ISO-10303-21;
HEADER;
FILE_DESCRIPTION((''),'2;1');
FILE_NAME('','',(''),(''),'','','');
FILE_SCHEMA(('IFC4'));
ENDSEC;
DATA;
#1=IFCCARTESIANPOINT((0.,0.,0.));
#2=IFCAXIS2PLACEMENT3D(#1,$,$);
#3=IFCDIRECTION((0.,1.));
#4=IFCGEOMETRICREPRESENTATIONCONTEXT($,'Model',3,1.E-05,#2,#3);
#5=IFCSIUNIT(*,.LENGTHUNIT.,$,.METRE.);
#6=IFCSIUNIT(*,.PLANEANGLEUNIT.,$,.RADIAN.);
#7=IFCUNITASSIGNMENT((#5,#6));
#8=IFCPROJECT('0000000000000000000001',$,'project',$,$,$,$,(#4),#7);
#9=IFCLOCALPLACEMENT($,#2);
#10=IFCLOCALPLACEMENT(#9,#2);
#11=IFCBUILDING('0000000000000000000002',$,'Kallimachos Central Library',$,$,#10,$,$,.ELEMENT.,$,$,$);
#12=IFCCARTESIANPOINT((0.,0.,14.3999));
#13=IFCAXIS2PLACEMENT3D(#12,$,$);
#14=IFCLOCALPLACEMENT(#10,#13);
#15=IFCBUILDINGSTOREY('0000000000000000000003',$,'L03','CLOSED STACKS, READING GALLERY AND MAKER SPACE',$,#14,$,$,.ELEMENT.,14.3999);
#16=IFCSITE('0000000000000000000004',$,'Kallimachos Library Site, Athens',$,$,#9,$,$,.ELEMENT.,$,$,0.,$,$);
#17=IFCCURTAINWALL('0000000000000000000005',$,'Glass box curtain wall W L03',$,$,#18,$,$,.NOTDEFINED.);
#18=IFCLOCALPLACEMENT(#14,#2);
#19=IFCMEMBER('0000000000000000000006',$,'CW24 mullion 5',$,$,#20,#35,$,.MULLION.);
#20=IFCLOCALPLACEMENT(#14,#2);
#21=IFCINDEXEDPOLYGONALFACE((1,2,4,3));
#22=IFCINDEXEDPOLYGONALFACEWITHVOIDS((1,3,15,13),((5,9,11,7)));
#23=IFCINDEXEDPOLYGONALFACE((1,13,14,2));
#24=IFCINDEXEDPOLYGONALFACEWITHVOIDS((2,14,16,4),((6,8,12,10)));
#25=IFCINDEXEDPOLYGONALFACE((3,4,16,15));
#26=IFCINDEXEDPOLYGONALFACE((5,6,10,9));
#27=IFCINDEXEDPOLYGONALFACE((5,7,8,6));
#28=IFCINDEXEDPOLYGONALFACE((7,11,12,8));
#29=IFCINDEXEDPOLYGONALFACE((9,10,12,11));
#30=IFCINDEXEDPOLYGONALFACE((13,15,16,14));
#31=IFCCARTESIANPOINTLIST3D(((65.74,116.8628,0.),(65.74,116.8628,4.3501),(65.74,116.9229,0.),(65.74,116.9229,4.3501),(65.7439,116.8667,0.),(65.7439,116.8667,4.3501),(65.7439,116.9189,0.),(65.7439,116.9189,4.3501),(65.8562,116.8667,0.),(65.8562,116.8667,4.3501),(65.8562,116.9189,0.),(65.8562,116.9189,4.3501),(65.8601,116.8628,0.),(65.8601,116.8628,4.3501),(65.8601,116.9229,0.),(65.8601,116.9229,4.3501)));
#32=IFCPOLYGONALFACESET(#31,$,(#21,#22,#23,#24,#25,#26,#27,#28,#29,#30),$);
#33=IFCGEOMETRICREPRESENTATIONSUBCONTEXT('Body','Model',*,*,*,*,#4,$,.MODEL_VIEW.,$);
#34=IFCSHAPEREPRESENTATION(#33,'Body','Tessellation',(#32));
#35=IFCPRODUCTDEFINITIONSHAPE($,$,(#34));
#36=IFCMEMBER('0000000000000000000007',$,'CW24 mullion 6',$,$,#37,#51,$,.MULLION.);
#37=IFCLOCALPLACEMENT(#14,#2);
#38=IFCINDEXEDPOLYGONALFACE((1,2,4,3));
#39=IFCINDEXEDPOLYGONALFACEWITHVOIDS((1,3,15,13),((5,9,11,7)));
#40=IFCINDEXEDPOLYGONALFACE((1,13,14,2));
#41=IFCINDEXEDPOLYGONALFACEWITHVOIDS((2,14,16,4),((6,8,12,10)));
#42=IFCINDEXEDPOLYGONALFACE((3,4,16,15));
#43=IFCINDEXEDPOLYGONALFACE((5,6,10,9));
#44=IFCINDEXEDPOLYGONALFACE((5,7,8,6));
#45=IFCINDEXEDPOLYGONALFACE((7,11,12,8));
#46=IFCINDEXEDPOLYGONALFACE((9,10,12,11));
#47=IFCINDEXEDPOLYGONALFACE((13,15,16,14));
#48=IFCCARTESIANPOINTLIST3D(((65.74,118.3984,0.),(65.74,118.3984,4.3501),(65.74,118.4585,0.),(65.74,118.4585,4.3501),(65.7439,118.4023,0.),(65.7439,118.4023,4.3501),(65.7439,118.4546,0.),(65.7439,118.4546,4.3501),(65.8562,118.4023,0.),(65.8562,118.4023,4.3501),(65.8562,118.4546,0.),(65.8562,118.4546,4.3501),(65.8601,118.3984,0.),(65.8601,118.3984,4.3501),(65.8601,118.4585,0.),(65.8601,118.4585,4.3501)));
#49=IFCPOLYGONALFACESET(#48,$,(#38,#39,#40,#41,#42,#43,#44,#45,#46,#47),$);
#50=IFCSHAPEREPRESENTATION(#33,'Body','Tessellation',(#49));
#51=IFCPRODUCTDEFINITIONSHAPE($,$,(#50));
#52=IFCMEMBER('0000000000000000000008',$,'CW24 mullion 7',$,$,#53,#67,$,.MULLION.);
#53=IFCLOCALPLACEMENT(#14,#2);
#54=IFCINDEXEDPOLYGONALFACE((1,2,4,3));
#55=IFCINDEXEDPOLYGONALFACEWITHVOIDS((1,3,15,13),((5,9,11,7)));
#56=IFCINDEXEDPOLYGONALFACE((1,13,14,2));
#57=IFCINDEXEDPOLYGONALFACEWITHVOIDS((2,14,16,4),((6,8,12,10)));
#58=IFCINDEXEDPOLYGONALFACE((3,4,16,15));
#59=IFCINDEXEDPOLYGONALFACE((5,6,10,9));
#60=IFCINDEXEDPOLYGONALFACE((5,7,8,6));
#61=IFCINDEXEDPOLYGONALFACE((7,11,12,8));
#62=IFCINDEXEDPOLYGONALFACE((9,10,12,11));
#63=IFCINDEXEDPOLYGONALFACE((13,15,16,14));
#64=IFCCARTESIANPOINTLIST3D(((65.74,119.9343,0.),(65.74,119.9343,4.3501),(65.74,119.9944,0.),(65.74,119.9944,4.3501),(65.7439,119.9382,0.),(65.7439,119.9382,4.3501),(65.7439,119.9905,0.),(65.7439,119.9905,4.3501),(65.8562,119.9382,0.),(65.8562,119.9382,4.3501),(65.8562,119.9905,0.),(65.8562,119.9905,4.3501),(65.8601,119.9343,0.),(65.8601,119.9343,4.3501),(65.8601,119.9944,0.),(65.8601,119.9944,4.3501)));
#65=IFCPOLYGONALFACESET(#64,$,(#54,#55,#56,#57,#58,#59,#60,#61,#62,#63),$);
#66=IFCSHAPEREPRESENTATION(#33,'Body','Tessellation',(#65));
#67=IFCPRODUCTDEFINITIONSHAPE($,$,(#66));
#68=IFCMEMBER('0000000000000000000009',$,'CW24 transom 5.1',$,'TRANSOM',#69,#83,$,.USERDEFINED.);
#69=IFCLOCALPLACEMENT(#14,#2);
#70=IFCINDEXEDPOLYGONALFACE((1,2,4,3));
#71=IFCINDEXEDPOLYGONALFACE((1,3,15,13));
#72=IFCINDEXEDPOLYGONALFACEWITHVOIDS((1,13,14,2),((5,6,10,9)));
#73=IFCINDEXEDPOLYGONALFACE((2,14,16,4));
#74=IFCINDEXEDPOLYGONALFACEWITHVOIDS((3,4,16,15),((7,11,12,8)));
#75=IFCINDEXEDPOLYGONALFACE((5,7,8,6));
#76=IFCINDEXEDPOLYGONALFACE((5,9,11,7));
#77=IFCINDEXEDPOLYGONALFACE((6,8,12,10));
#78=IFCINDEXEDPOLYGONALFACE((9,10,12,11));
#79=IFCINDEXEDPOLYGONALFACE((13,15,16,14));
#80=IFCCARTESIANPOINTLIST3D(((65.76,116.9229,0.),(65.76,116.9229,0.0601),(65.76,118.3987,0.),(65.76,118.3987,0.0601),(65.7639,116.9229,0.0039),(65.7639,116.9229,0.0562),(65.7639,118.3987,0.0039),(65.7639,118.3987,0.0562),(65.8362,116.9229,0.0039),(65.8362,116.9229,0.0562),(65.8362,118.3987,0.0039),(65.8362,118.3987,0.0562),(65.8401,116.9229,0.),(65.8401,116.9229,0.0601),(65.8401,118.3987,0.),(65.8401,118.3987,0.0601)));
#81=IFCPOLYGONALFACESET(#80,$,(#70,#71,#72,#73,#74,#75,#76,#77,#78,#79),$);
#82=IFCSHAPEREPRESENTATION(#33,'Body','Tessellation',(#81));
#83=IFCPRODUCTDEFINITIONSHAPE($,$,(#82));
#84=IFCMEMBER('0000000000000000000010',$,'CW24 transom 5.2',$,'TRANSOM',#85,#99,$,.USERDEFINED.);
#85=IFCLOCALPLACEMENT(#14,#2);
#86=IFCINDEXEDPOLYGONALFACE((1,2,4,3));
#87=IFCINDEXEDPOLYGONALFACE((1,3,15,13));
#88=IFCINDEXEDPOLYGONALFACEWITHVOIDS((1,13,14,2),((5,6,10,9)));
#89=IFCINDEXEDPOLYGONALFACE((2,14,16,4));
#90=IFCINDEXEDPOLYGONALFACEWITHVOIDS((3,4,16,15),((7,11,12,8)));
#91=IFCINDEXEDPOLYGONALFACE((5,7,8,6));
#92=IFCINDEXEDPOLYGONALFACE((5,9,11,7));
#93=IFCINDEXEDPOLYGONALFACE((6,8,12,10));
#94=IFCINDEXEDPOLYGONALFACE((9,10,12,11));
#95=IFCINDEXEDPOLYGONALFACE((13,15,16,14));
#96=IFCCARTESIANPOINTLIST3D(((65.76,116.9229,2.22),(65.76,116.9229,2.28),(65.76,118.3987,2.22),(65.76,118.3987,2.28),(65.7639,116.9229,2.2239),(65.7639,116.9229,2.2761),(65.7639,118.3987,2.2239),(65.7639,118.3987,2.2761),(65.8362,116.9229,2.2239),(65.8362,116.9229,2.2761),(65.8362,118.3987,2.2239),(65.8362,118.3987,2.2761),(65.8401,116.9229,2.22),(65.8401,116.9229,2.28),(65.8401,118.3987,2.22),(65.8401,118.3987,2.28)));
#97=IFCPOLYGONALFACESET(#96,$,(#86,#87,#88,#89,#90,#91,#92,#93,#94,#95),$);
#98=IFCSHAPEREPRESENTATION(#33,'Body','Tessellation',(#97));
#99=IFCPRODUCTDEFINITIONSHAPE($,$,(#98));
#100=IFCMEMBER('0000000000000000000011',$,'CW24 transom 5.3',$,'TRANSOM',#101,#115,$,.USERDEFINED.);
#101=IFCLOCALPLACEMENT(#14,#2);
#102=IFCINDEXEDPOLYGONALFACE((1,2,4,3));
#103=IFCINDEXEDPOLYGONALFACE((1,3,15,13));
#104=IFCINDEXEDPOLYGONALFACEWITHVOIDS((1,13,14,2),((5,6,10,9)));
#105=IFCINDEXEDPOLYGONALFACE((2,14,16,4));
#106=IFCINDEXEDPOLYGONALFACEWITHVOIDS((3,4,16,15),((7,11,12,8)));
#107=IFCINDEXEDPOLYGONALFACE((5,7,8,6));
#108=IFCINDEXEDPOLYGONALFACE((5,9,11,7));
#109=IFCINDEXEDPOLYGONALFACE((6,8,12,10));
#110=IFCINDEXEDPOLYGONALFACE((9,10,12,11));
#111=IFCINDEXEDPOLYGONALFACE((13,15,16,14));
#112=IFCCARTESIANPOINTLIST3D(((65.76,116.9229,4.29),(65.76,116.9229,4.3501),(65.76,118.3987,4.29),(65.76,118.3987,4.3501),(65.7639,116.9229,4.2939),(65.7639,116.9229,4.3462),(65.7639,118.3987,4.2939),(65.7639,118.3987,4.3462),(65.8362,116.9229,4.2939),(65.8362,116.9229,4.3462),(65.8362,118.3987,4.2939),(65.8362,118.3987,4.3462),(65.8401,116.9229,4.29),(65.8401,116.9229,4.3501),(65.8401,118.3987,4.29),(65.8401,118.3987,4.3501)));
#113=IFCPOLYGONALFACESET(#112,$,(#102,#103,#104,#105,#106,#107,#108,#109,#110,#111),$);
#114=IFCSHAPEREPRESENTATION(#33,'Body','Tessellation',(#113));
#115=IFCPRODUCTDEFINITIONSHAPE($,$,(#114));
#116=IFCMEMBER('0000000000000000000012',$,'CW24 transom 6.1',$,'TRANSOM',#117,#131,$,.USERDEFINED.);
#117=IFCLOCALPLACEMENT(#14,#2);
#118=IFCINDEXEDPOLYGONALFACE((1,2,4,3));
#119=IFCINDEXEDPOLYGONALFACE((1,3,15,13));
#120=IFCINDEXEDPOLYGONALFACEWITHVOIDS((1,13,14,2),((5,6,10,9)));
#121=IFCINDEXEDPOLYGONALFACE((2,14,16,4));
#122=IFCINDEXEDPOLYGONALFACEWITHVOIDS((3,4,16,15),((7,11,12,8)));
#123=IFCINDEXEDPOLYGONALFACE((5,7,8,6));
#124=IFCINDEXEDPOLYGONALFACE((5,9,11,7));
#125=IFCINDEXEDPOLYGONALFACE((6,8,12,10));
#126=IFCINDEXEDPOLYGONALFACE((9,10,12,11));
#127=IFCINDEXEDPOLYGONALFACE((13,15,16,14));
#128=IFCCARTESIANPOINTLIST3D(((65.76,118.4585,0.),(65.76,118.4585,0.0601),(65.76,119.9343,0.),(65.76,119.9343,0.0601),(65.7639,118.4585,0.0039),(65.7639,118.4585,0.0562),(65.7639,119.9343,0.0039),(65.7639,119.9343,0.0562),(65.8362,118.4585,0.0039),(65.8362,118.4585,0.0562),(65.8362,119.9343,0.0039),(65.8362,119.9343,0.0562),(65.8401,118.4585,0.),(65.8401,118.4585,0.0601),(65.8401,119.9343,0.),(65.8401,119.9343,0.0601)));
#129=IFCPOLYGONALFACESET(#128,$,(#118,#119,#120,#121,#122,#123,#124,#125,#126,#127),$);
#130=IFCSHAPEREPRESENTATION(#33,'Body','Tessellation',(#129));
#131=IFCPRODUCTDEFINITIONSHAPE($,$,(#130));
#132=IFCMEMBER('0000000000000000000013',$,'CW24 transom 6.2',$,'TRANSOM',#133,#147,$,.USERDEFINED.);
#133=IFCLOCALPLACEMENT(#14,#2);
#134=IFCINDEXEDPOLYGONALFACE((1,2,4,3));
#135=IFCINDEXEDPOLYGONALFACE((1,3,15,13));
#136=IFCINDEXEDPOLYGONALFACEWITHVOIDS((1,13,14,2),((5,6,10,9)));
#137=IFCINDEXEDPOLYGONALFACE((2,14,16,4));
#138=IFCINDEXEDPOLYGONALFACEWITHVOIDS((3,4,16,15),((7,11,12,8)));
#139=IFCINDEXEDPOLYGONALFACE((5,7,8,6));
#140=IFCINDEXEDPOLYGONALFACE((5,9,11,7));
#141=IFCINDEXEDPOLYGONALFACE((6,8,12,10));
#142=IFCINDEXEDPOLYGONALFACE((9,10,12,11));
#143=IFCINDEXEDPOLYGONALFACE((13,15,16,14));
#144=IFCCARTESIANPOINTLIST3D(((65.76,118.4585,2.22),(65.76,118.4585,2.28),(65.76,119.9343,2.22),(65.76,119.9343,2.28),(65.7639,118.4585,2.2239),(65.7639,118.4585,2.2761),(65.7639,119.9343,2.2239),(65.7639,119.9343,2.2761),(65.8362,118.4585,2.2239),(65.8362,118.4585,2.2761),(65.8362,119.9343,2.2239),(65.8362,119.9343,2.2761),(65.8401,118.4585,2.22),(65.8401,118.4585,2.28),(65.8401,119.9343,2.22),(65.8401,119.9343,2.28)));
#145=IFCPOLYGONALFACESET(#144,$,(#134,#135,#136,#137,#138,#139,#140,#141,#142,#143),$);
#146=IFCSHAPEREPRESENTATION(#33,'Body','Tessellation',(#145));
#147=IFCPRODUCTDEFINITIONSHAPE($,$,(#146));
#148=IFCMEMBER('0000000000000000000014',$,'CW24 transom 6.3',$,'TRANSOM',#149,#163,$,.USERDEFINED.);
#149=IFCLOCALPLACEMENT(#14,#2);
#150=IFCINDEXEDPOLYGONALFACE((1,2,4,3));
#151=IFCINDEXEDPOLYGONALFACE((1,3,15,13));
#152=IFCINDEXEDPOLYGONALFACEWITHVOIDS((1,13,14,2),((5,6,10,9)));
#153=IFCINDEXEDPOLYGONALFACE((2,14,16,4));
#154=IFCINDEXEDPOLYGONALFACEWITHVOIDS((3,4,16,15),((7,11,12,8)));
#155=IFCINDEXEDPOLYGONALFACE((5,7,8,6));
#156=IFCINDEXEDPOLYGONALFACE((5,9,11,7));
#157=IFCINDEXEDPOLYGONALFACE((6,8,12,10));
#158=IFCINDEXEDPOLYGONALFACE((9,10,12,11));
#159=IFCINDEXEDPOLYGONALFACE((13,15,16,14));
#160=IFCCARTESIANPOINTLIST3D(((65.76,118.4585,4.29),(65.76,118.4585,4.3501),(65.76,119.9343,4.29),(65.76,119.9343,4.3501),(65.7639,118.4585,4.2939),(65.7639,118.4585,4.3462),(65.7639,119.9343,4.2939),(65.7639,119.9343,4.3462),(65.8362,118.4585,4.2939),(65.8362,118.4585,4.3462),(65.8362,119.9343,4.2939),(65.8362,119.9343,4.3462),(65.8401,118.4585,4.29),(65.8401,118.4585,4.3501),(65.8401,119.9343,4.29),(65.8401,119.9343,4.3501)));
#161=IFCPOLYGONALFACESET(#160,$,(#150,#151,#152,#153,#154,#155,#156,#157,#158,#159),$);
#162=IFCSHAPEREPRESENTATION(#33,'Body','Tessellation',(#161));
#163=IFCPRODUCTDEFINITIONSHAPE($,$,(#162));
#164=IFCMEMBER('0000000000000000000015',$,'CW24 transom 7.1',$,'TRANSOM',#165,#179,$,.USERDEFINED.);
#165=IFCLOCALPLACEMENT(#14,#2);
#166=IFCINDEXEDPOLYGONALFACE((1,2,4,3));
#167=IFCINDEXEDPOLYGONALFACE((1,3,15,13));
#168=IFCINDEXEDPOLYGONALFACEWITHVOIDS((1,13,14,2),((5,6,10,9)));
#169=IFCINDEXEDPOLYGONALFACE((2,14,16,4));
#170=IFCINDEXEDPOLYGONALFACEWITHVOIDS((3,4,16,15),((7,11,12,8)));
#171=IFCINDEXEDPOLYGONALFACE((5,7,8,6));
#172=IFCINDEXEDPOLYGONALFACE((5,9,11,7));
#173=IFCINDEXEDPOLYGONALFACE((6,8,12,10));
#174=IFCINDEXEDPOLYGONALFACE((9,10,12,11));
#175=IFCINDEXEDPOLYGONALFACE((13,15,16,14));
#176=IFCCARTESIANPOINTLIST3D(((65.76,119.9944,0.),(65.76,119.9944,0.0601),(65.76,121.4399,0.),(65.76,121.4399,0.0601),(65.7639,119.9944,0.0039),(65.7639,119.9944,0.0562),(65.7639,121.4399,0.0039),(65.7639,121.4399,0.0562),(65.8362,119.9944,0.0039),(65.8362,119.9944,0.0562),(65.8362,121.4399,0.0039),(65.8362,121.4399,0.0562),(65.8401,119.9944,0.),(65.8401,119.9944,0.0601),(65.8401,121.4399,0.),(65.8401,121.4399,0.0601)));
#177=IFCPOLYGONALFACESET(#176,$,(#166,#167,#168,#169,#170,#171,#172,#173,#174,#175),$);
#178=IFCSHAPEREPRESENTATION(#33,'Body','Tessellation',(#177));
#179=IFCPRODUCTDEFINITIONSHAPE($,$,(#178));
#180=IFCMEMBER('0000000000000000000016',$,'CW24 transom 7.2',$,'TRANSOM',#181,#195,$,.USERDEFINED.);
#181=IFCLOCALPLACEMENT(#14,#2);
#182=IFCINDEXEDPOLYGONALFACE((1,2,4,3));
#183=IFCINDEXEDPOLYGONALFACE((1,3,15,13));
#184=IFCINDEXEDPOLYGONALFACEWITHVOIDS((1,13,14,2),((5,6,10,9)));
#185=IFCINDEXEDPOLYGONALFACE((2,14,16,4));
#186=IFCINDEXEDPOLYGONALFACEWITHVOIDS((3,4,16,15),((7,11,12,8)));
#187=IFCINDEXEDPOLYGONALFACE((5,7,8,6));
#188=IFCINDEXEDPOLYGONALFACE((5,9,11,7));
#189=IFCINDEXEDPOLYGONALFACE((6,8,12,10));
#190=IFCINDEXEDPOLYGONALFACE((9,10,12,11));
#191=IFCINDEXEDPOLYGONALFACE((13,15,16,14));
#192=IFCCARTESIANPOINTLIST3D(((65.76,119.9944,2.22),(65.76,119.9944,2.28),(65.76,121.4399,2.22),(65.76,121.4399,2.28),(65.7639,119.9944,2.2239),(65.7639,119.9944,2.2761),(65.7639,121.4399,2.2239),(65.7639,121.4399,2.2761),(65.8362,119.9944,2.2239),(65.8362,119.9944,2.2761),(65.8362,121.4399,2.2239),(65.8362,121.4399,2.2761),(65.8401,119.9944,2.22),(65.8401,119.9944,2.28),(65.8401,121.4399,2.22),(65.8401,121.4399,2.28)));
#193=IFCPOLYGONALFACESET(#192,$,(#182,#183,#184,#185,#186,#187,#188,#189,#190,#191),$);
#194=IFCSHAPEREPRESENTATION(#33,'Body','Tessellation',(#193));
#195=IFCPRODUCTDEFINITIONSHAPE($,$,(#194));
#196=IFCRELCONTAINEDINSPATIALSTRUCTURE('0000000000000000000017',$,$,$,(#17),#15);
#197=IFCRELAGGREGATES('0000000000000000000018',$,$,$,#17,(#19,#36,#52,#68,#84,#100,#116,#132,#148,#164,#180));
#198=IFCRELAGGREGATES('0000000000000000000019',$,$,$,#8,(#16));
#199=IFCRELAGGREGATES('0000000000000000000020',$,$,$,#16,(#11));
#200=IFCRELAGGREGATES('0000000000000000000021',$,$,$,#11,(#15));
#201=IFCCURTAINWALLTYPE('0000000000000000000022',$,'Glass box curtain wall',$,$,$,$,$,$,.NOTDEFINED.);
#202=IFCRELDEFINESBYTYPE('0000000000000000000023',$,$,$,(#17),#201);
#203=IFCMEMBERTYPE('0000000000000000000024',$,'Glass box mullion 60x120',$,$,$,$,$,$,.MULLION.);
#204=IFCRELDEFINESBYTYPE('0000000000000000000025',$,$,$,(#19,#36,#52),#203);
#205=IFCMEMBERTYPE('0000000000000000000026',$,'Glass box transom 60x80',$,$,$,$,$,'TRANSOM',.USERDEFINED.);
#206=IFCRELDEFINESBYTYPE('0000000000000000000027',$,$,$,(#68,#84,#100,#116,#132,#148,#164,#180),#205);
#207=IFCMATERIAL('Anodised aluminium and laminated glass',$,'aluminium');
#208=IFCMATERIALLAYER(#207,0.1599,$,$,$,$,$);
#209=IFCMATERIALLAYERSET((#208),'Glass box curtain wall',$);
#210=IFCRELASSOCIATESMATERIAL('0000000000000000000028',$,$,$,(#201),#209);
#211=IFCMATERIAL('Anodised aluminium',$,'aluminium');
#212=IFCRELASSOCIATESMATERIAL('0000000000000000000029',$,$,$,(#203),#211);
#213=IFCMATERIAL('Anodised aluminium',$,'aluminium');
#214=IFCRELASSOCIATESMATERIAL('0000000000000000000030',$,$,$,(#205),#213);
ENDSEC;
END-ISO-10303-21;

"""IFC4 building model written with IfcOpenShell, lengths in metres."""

from ifc_helpers import new_model, si_unit, direction, frame, origin, origin_2d, place, context, subcontext, project, spatial, hollow_rectangle, extrude, material, layer, layer_set, material_profile, profile_set, type_object, element, aggregate, save


model = new_model("IFC4")

# Units and contexts
model_context = context("Model", 3, precision=1e-05, world=origin(), true_north=direction((0.0, 1.0)))
body_context = subcontext(model_context, "Body", "Model", "MODEL_VIEW")
ifc_project = project(units=[si_unit("LENGTHUNIT", "METRE"), si_unit("PLANEANGLEUNIT", "RADIAN")], contexts=[model_context])

# Site, building, storey
site_placement = place(None, origin())
site = spatial("IfcSite", under=ifc_project, at=site_placement, Name="Kallimachos Library Site, Athens", CompositionType="ELEMENT", RefElevation=0.0)
building_placement = place(site_placement, origin())
building = spatial("IfcBuilding", under=site, at=building_placement, Name="Kallimachos Central Library", CompositionType="ELEMENT")
storey_placement = place(building_placement, frame((0.0, 0.0, 14.3999)))
storey = spatial("IfcBuildingStorey", under=building, at=storey_placement, Name="L03", Description="CLOSED STACKS, READING GALLERY AND MAKER SPACE", CompositionType="ELEMENT", Elevation=14.3999)

# Curtain wall, members
ifc_material_1 = material(Name="Anodised aluminium and laminated glass", Category="aluminium")
ifc_layer_1 = layer(ifc_material_1, 0.1599)
ifc_layer_set_1 = layer_set([ifc_layer_1], Name="Glass box curtain wall")
curtain_wall_type = type_object("IfcCurtainWallType", Name="Glass box curtain wall", PredefinedType="NOTDEFINED", material=ifc_layer_set_1)
curtain_wall_placement = place(storey_placement, origin())
curtain_wall = element("IfcCurtainWall", 1, at=curtain_wall_placement, inside=storey, type_object=curtain_wall_type, Name="Glass box curtain wall W L03", PredefinedType="NOTDEFINED")
ifc_material_2 = material(Name="Anodised aluminium", Category="aluminium")
ifc_material_profile_1 = material_profile(ifc_material_2, hollow_rectangle(XDim=0.0601, YDim=0.1201, WallThickness=0.0039, at=origin_2d()), Name="ALU MULLION 60x120")
ifc_profile_set_1 = profile_set([ifc_material_profile_1], Name="Anodised aluminium")
member_type_1 = type_object("IfcMemberType", Name="Glass box mullion 60x120", PredefinedType="MULLION", material=ifc_profile_set_1)
member_1_placement = place(storey_placement, frame((65.8, 116.8928, 0.0), z_axis=(0.0, 0.0, 1.0), x_axis=(0.0, 1.0, 0.0)))
member_1 = element("IfcMember", 2, at=member_1_placement, type_object=member_type_1, Name="CW24 mullion 5", PredefinedType="MULLION", context=body_context, shape_type="SweptSolid", body=[
    extrude(hollow_rectangle(XDim=0.0601, YDim=0.1201, WallThickness=0.0039, at=origin_2d()), origin(), (0.0, 0.0, 1.0), 4.3501),
])
member_2_placement = place(storey_placement, frame((65.8, 118.4285, 0.0), z_axis=(0.0, 0.0, 1.0), x_axis=(0.0, 1.0, 0.0)))
member_2 = element("IfcMember", 3, at=member_2_placement, type_object=member_type_1, Name="CW24 mullion 6", PredefinedType="MULLION", context=body_context, shape_type="SweptSolid", body=[
    extrude(hollow_rectangle(XDim=0.0601, YDim=0.1201, WallThickness=0.0039, at=origin_2d()), origin(), (0.0, 0.0, 1.0), 4.3501),
])
member_3_placement = place(storey_placement, frame((65.8, 119.9644, 0.0), z_axis=(0.0, 0.0, 1.0), x_axis=(0.0, 1.0, 0.0)))
member_3 = element("IfcMember", 4, at=member_3_placement, type_object=member_type_1, Name="CW24 mullion 7", PredefinedType="MULLION", context=body_context, shape_type="SweptSolid", body=[
    extrude(hollow_rectangle(XDim=0.0601, YDim=0.1201, WallThickness=0.0039, at=origin_2d()), origin(), (0.0, 0.0, 1.0), 4.3501),
])
ifc_material_3 = material(Name="Anodised aluminium", Category="aluminium")
ifc_material_profile_2 = material_profile(ifc_material_3, hollow_rectangle(XDim=0.0601, YDim=0.0801, WallThickness=0.0039, at=origin_2d()), Name="ALU TRANSOM 60x80")
ifc_profile_set_2 = profile_set([ifc_material_profile_2], Name="Anodised aluminium")
member_type_2 = type_object("IfcMemberType", Name="Glass box transom 60x80", ElementType="TRANSOM", PredefinedType="USERDEFINED", material=ifc_profile_set_2)
member_4_placement = place(storey_placement, frame((65.8, 116.9229, 0.03), z_axis=(0.0, 1.0, 0.0), x_axis=(0.0, 0.0, 1.0)))
member_4 = element("IfcMember", 5, at=member_4_placement, type_object=member_type_2, Name="CW24 transom 5.1", ObjectType="TRANSOM", PredefinedType="USERDEFINED", context=body_context, shape_type="SweptSolid", body=[
    extrude(hollow_rectangle(XDim=0.0601, YDim=0.0801, WallThickness=0.0039, at=origin_2d()), origin(), (0.0, 0.0, 1.0), 1.4758),
])
member_5_placement = place(storey_placement, frame((65.8, 116.9229, 2.25), z_axis=(0.0, 1.0, 0.0), x_axis=(0.0, 0.0, 1.0)))
member_5 = element("IfcMember", 6, at=member_5_placement, type_object=member_type_2, Name="CW24 transom 5.2", ObjectType="TRANSOM", PredefinedType="USERDEFINED", context=body_context, shape_type="SweptSolid", body=[
    extrude(hollow_rectangle(XDim=0.0601, YDim=0.0801, WallThickness=0.0039, at=origin_2d()), origin(), (0.0, 0.0, 1.0), 1.4758),
])
member_6_placement = place(storey_placement, frame((65.8, 116.9229, 4.3201), z_axis=(0.0, 1.0, 0.0), x_axis=(0.0, 0.0, 1.0)))
member_6 = element("IfcMember", 7, at=member_6_placement, type_object=member_type_2, Name="CW24 transom 5.3", ObjectType="TRANSOM", PredefinedType="USERDEFINED", context=body_context, shape_type="SweptSolid", body=[
    extrude(hollow_rectangle(XDim=0.0601, YDim=0.0801, WallThickness=0.0039, at=origin_2d()), origin(), (0.0, 0.0, 1.0), 1.4758),
])
member_7_placement = place(storey_placement, frame((65.8, 118.4585, 0.03), z_axis=(0.0, 1.0, 0.0), x_axis=(0.0, 0.0, 1.0)))
member_7 = element("IfcMember", 8, at=member_7_placement, type_object=member_type_2, Name="CW24 transom 6.1", ObjectType="TRANSOM", PredefinedType="USERDEFINED", context=body_context, shape_type="SweptSolid", body=[
    extrude(hollow_rectangle(XDim=0.0601, YDim=0.0801, WallThickness=0.0039, at=origin_2d()), origin(), (0.0, 0.0, 1.0), 1.4758),
])
member_8_placement = place(storey_placement, frame((65.8, 118.4585, 2.25), z_axis=(0.0, 1.0, 0.0), x_axis=(0.0, 0.0, 1.0)))
member_8 = element("IfcMember", 9, at=member_8_placement, type_object=member_type_2, Name="CW24 transom 6.2", ObjectType="TRANSOM", PredefinedType="USERDEFINED", context=body_context, shape_type="SweptSolid", body=[
    extrude(hollow_rectangle(XDim=0.0601, YDim=0.0801, WallThickness=0.0039, at=origin_2d()), origin(), (0.0, 0.0, 1.0), 1.4758),
])
member_9_placement = place(storey_placement, frame((65.8, 118.4585, 4.3201), z_axis=(0.0, 1.0, 0.0), x_axis=(0.0, 0.0, 1.0)))
member_9 = element("IfcMember", 10, at=member_9_placement, type_object=member_type_2, Name="CW24 transom 6.3", ObjectType="TRANSOM", PredefinedType="USERDEFINED", context=body_context, shape_type="SweptSolid", body=[
    extrude(hollow_rectangle(XDim=0.0601, YDim=0.0801, WallThickness=0.0039, at=origin_2d()), origin(), (0.0, 0.0, 1.0), 1.4758),
])
member_10_placement = place(storey_placement, frame((65.8, 119.9944, 0.03), z_axis=(0.0, 1.0, 0.0), x_axis=(0.0, 0.0, 1.0)))
member_10 = element("IfcMember", 11, at=member_10_placement, type_object=member_type_2, Name="CW24 transom 7.1", ObjectType="TRANSOM", PredefinedType="USERDEFINED", context=body_context, shape_type="SweptSolid", body=[
    extrude(hollow_rectangle(XDim=0.0601, YDim=0.0801, WallThickness=0.0039, at=origin_2d()), origin(), (0.0, 0.0, 1.0), 1.4456),
])
member_11_placement = place(storey_placement, frame((65.8, 119.9944, 2.25), z_axis=(0.0, 1.0, 0.0), x_axis=(0.0, 0.0, 1.0)))
member_11 = element("IfcMember", 12, at=member_11_placement, type_object=member_type_2, Name="CW24 transom 7.2", ObjectType="TRANSOM", PredefinedType="USERDEFINED", context=body_context, shape_type="SweptSolid", body=[
    extrude(hollow_rectangle(XDim=0.0601, YDim=0.0801, WallThickness=0.0039, at=origin_2d()), origin(), (0.0, 0.0, 1.0), 1.4456),
])
aggregate(curtain_wall, [member_1, member_2, member_3, member_4, member_5, member_6, member_7, member_8, member_9, member_10, member_11])

save(model, "model.ifc")
